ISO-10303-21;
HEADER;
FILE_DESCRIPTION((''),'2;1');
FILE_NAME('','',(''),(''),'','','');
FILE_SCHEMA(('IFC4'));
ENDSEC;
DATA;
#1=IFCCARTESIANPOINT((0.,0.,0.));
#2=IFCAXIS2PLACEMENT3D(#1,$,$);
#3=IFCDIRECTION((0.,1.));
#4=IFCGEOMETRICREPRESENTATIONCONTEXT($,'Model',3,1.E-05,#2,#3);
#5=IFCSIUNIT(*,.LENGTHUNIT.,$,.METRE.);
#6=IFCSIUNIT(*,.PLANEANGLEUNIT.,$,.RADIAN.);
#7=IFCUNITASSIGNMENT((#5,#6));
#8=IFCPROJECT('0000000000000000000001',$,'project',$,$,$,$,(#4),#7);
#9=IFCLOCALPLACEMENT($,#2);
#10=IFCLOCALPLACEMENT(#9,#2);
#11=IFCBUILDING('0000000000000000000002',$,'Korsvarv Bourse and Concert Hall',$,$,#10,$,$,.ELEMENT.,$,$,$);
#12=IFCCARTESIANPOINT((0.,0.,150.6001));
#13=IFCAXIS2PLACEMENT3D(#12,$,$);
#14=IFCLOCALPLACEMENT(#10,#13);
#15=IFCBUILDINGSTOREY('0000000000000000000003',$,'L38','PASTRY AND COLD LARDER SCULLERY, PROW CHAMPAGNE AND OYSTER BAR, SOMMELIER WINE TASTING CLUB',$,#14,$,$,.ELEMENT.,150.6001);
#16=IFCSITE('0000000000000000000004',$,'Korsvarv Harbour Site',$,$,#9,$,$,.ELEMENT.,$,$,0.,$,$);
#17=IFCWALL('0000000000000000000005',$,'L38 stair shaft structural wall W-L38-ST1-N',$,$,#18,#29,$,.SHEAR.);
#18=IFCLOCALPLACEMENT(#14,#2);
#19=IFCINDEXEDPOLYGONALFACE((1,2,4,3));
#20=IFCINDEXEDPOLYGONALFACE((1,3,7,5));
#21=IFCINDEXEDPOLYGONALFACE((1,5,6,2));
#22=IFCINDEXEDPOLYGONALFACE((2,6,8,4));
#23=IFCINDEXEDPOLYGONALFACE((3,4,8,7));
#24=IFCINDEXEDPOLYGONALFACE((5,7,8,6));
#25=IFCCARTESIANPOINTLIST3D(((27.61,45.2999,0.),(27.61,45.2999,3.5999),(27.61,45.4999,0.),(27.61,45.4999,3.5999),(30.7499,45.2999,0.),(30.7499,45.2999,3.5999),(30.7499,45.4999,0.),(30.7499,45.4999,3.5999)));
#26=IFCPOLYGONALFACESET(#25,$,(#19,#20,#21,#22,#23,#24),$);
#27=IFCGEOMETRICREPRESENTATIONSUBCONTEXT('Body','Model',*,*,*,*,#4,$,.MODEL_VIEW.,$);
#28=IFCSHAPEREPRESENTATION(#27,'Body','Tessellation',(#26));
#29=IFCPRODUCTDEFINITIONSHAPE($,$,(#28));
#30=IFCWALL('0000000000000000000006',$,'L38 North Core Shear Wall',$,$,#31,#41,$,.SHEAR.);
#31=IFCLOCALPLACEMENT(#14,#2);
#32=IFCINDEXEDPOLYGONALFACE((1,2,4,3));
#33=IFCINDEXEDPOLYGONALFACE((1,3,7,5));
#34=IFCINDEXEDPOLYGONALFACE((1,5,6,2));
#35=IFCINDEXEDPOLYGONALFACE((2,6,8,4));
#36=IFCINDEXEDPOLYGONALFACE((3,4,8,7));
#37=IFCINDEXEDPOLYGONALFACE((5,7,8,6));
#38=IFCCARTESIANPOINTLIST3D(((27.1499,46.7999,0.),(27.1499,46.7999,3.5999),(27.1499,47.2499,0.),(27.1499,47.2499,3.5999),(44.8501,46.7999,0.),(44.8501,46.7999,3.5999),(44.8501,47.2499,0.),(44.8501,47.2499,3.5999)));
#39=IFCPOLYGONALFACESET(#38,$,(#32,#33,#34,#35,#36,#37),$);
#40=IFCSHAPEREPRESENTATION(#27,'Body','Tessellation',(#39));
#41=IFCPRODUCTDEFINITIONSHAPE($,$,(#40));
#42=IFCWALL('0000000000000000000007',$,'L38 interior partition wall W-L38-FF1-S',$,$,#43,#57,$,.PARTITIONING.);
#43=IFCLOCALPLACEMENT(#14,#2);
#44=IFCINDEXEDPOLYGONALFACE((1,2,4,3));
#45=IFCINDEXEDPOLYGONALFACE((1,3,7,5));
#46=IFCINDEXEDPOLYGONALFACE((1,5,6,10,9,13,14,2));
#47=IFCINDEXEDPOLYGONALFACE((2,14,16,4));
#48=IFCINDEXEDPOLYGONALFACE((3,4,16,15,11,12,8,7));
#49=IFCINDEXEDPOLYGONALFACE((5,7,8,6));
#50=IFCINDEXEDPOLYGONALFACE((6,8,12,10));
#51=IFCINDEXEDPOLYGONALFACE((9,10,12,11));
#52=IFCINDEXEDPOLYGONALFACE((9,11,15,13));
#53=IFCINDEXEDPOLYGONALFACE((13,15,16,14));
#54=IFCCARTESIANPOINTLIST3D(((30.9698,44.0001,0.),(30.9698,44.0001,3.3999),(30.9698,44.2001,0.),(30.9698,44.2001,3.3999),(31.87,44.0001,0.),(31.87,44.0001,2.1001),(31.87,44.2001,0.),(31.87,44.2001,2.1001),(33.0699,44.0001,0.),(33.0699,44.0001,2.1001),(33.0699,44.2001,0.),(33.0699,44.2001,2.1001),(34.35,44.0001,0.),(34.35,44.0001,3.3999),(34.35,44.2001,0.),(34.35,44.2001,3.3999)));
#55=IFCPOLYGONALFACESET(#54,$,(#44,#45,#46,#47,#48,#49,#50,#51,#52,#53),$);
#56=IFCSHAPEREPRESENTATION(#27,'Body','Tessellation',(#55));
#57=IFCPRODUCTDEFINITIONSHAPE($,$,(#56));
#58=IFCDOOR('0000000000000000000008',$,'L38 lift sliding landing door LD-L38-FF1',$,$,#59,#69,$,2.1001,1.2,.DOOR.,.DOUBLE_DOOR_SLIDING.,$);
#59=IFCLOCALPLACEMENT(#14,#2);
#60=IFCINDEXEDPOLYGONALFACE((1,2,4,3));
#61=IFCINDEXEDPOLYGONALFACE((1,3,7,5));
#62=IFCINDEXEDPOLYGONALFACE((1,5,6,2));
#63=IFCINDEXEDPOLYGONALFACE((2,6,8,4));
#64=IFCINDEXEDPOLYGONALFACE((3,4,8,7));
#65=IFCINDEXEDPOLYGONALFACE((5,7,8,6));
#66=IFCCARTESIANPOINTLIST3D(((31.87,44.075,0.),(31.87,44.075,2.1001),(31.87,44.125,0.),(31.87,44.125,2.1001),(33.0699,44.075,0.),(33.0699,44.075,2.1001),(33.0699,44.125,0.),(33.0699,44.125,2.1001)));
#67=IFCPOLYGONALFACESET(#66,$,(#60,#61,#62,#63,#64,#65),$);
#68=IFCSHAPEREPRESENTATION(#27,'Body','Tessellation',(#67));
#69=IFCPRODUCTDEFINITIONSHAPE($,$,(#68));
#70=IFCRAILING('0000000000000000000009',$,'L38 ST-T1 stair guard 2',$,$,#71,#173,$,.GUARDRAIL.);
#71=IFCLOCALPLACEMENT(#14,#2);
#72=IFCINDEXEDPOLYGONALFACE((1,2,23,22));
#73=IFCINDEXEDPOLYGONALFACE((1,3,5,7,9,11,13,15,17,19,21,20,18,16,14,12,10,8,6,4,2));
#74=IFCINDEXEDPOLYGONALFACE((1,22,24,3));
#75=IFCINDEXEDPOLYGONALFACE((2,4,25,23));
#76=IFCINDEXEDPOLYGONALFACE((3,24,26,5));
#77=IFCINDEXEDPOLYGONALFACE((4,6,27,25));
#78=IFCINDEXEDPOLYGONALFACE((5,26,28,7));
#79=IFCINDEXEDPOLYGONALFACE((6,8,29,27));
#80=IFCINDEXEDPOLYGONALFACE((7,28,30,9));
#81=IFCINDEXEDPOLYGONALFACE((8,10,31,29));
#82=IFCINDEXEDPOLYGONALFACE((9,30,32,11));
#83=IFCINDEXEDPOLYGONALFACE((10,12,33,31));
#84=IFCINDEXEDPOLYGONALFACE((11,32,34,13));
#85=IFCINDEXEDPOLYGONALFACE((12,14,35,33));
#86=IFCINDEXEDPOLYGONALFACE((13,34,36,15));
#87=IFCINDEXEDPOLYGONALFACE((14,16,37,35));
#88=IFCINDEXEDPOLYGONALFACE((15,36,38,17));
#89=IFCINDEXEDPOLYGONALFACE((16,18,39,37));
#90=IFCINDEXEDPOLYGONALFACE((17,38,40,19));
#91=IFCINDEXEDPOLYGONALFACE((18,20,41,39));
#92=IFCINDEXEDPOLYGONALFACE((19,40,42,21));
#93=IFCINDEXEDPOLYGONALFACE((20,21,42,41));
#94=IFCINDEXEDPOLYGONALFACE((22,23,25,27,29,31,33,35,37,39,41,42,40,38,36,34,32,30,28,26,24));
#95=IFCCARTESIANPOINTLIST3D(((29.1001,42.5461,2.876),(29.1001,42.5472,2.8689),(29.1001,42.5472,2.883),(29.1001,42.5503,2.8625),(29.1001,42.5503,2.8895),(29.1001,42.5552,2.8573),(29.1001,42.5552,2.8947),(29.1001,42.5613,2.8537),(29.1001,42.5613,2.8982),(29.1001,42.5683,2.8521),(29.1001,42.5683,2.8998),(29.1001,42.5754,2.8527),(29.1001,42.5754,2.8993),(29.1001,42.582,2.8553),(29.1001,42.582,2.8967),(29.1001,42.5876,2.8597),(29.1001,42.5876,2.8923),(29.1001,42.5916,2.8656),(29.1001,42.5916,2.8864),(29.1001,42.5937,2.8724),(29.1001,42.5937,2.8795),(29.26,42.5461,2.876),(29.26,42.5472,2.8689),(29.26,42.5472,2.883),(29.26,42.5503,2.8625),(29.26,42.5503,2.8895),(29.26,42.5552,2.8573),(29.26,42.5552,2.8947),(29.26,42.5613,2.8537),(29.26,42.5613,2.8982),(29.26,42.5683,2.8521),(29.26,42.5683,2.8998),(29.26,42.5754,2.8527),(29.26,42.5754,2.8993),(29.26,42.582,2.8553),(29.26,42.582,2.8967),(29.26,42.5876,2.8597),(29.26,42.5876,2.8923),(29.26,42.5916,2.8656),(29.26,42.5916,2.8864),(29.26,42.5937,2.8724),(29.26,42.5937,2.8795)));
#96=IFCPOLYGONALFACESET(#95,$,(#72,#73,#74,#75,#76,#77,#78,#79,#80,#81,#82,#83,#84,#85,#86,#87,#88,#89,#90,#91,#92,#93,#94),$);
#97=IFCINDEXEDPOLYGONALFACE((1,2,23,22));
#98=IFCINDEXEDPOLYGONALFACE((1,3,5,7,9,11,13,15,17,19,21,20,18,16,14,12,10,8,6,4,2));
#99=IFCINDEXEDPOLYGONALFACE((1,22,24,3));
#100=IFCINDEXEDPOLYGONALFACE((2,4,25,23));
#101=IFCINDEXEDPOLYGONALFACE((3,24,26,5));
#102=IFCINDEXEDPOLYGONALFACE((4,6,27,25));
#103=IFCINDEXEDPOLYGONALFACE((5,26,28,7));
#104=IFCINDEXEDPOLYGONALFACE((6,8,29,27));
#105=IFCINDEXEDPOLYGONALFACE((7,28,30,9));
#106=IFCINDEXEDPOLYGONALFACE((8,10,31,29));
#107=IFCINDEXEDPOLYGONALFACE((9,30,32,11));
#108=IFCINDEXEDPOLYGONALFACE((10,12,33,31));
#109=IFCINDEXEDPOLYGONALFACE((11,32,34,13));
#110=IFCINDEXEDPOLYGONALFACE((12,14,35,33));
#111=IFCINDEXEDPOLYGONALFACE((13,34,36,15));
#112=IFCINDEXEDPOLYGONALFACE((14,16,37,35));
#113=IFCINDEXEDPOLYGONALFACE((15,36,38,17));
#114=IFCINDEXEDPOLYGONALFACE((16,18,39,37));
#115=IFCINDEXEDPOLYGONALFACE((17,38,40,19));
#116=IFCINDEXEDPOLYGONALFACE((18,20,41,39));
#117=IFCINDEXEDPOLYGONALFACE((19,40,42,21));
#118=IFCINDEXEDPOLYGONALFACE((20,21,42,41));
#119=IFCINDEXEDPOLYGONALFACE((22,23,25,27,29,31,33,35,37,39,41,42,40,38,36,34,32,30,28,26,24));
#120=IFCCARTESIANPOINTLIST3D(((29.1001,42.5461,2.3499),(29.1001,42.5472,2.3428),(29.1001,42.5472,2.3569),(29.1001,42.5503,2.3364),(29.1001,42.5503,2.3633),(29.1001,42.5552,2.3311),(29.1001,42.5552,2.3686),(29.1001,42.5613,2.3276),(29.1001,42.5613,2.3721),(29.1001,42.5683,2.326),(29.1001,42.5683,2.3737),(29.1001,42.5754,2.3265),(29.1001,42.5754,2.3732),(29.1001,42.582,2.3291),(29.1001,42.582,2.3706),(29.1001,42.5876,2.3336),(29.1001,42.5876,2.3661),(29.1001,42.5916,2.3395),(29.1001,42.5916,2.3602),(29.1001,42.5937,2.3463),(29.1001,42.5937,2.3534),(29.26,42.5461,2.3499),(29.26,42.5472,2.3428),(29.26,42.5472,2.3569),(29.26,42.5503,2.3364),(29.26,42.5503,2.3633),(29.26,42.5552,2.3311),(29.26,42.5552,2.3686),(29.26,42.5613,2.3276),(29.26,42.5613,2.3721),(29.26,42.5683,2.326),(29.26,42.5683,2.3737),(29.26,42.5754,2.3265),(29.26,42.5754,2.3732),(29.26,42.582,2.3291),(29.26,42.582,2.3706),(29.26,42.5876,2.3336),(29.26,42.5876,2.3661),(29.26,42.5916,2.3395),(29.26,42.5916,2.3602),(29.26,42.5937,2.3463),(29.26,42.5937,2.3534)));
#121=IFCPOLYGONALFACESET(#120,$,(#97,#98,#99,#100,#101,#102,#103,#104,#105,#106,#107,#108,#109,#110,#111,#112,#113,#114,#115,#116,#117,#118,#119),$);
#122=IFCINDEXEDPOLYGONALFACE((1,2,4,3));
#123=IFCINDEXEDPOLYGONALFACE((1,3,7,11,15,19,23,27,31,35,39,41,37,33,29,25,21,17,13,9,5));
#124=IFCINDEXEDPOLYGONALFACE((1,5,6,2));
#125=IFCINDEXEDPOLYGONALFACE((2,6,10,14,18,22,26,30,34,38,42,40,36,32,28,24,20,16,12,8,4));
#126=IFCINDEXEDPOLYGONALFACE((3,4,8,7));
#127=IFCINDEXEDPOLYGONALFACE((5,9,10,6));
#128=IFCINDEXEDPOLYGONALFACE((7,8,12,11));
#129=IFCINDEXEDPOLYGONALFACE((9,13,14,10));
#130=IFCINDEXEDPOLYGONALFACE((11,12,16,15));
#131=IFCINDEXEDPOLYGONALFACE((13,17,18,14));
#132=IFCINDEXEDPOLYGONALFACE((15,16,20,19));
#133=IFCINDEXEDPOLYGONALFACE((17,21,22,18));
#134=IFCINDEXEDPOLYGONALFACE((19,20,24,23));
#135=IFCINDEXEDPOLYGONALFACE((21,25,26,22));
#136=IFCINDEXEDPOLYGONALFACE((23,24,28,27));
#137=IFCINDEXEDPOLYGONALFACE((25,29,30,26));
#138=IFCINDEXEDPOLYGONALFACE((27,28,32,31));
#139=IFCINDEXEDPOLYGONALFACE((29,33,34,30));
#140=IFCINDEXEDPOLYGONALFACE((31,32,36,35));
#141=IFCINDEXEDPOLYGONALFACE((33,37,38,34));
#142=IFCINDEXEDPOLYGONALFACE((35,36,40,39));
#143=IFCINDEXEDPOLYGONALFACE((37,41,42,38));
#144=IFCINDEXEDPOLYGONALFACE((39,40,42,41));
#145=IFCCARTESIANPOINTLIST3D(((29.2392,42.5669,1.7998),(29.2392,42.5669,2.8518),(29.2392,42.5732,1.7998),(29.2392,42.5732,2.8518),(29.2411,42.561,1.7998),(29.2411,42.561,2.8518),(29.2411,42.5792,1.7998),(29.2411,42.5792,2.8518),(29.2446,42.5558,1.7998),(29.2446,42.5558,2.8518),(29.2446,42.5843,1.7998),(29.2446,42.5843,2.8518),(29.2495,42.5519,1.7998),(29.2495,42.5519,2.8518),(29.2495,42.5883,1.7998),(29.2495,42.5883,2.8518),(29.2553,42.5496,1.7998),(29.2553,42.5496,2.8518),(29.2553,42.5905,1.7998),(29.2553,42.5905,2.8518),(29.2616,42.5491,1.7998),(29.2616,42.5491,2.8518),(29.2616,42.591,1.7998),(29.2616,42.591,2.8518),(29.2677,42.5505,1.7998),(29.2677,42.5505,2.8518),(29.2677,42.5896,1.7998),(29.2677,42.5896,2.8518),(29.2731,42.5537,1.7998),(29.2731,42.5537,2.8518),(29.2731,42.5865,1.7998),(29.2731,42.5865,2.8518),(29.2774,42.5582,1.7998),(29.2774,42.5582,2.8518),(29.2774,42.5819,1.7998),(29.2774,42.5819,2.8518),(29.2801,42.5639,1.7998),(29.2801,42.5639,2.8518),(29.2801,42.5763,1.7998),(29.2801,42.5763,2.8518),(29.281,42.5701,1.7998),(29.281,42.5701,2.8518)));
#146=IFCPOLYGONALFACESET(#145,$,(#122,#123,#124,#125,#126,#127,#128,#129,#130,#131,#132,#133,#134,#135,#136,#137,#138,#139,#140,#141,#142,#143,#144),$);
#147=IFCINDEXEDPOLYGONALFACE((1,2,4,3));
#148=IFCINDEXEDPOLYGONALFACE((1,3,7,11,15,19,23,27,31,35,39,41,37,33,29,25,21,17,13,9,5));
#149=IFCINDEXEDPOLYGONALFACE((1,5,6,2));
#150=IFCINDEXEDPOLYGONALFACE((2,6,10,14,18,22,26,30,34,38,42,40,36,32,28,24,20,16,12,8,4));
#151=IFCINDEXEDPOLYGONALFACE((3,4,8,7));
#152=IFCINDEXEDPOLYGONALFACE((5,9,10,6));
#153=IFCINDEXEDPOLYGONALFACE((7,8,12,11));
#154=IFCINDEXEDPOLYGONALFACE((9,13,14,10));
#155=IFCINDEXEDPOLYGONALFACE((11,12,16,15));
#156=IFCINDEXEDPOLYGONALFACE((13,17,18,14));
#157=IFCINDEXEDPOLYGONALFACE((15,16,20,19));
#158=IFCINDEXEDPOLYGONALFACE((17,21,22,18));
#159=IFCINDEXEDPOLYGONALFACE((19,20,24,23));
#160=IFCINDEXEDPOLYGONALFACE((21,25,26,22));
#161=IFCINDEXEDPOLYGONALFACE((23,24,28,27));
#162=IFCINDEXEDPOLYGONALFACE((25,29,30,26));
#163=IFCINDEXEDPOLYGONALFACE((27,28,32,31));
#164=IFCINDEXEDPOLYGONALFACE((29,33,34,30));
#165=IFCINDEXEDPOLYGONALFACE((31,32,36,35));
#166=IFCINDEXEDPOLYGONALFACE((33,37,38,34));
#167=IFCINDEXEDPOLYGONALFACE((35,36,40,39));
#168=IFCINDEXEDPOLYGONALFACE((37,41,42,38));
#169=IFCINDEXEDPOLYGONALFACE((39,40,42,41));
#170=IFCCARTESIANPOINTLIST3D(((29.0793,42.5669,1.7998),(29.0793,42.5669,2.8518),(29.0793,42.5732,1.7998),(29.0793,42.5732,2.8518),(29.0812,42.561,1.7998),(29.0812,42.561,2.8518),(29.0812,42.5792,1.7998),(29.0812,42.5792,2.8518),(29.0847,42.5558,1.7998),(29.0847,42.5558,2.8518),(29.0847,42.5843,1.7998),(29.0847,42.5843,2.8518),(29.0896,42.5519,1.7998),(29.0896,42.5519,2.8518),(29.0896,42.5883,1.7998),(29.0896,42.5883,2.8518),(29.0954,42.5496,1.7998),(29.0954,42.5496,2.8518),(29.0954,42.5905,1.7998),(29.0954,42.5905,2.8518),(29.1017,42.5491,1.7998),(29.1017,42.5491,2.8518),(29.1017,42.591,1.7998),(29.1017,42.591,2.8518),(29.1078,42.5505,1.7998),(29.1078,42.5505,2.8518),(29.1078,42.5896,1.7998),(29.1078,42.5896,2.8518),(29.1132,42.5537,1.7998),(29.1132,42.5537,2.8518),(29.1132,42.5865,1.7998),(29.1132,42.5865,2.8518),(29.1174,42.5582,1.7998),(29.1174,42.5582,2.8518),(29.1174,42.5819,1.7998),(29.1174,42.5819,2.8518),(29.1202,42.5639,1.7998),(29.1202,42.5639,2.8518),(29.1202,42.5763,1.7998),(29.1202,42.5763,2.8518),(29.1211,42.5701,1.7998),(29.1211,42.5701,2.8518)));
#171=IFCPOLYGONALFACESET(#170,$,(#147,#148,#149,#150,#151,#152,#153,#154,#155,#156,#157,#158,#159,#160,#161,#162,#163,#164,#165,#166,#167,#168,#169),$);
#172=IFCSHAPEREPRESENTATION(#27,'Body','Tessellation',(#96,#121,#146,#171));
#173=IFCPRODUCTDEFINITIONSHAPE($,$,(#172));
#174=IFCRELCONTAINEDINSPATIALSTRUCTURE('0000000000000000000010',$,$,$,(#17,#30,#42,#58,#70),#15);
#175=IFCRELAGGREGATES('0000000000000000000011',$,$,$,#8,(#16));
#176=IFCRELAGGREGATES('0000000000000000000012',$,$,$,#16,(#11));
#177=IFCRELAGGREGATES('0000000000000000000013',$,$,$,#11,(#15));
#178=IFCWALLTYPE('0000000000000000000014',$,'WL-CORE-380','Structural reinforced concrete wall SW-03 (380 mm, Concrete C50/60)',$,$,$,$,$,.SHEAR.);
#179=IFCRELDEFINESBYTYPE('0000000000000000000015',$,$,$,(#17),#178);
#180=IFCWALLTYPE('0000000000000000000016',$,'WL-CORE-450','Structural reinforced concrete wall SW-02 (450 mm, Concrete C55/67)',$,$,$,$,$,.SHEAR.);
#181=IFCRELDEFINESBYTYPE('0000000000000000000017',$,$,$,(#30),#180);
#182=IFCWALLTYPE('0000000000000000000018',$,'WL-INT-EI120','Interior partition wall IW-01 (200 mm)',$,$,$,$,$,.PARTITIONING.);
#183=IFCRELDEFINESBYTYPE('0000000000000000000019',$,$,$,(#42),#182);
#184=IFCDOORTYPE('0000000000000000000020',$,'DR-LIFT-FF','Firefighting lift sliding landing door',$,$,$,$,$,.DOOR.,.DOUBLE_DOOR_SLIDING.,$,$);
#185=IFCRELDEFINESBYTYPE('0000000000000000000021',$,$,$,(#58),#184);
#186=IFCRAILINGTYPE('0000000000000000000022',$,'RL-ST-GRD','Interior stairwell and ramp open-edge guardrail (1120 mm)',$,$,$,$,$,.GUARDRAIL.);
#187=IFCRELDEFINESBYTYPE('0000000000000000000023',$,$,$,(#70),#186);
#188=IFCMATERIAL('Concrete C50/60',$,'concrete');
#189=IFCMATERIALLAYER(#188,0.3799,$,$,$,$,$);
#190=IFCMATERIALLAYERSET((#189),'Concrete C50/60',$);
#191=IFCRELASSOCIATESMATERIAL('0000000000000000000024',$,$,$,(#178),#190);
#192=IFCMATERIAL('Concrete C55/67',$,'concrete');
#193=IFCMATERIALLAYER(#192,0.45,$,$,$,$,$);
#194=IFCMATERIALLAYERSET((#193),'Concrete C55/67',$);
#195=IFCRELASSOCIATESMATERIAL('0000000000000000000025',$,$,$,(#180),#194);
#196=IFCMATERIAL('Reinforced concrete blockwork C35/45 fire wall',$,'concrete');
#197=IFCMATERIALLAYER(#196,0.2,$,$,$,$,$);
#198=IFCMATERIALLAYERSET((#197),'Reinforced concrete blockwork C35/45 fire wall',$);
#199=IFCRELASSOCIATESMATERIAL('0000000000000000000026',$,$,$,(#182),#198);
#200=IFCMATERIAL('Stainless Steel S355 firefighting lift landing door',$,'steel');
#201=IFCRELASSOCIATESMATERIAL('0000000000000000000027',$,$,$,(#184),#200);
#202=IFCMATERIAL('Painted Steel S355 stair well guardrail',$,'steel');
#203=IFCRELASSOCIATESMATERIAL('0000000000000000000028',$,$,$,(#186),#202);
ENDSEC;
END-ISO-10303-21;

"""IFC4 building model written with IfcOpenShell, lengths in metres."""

from ifc_helpers import new_model, si_unit, direction, frame, frame_2d, origin, origin_2d, place, context, subcontext, project, spatial, rectangle, circle, extrude, material, layer, layer_set, type_object, element, fill, save


model = new_model("IFC4")

# Units and contexts
model_context = context("Model", 3, precision=1e-05, world=origin(), true_north=direction((0.0, 1.0)))
body_context = subcontext(model_context, "Body", "Model", "MODEL_VIEW")
ifc_project = project(units=[si_unit("LENGTHUNIT", "METRE"), si_unit("PLANEANGLEUNIT", "RADIAN")], contexts=[model_context])

# Site, building, storey
site_placement = place(None, origin())
site = spatial("IfcSite", under=ifc_project, at=site_placement, Name="Korsvarv Harbour Site", CompositionType="ELEMENT", RefElevation=0.0)
building_placement = place(site_placement, origin())
building = spatial("IfcBuilding", under=site, at=building_placement, Name="Korsvarv Bourse and Concert Hall", CompositionType="ELEMENT")
storey_placement = place(building_placement, frame((0.0, 0.0, 150.6001)))
storey = spatial("IfcBuildingStorey", under=building, at=storey_placement, Name="L38", Description="PASTRY AND COLD LARDER SCULLERY, PROW CHAMPAGNE AND OYSTER BAR, SOMMELIER WINE TASTING CLUB", CompositionType="ELEMENT", Elevation=150.6001)

# Walls
ifc_material_1 = material(Name="Concrete C50/60", Category="concrete")
ifc_layer_1 = layer(ifc_material_1, 0.3799)
ifc_layer_set_1 = layer_set([ifc_layer_1], Name="Concrete C50/60")
wall_type_1 = type_object("IfcWallType", Name="WL-CORE-380", Description="Structural reinforced concrete wall SW-03 (380 mm, Concrete C50/60)", PredefinedType="SHEAR", material=ifc_layer_set_1)
wall_1_placement = place(storey_placement, frame((27.6101, 45.3999, 0.0), z_axis=(0.0, 0.0, 1.0), x_axis=(1.0, 0.0, 0.0)))
element("IfcWall", 1, at=wall_1_placement, inside=storey, type_object=wall_type_1, Name="L38 stair shaft structural wall W-L38-ST1-N", PredefinedType="SHEAR", context=body_context, shape_type="SweptSolid", body=[
    extrude(rectangle(XDim=3.1399, YDim=0.2, at=frame_2d((1.5698, 0.0))), origin(), (0.0, 0.0, 1.0), 3.5999),
])
ifc_material_2 = material(Name="Concrete C55/67", Category="concrete")
ifc_layer_2 = layer(ifc_material_2, 0.45)
ifc_layer_set_2 = layer_set([ifc_layer_2], Name="Concrete C55/67")
wall_type_2 = type_object("IfcWallType", Name="WL-CORE-450", Description="Structural reinforced concrete wall SW-02 (450 mm, Concrete C55/67)", PredefinedType="SHEAR", material=ifc_layer_set_2)
wall_2_placement = place(storey_placement, frame((27.1499, 47.0249, 0.0), z_axis=(0.0, 0.0, 1.0), x_axis=(1.0, 0.0, 0.0)))
element("IfcWall", 2, at=wall_2_placement, inside=storey, type_object=wall_type_2, Name="L38 North Core Shear Wall", PredefinedType="SHEAR", context=body_context, shape_type="SweptSolid", body=[
    extrude(rectangle(XDim=17.7002, YDim=0.45, at=frame_2d((8.8501, 0.0))), origin(), (0.0, 0.0, 1.0), 3.5999),
])

# Wall, opening, door
ifc_material_3 = material(Name="Reinforced concrete blockwork C35/45 fire wall", Category="concrete")
ifc_layer_3 = layer(ifc_material_3, 0.2)
ifc_layer_set_3 = layer_set([ifc_layer_3], Name="Reinforced concrete blockwork C35/45 fire wall")
wall_type_3 = type_object("IfcWallType", Name="WL-INT-EI120", Description="Interior partition wall IW-01 (200 mm)", PredefinedType="PARTITIONING", material=ifc_layer_set_3)
wall_3_placement = place(storey_placement, frame((30.97, 44.1001, 0.0), z_axis=(0.0, 0.0, 1.0), x_axis=(1.0, 0.0, 0.0)))
wall_3 = element("IfcWall", 3, at=wall_3_placement, inside=storey, type_object=wall_type_3, Name="L38 interior partition wall W-L38-FF1-S", PredefinedType="PARTITIONING", context=body_context, shape_type="SweptSolid", body=[
    extrude(rectangle(XDim=3.3801, YDim=0.2, at=frame_2d((1.6899, 0.0))), origin(), (0.0, 0.0, 1.0), 3.3999),
])
opening_placement = place(wall_3_placement, frame((0.8999, 0.0, 0.0)))
opening = element("IfcOpeningElement", 4, at=opening_placement, cuts=wall_3, PredefinedType="OPENING", context=body_context, shape_type="SweptSolid", body=[
    extrude(rectangle(XDim=1.2, YDim=2.1001, at=frame_2d((0.6001, 1.05))), frame((0.0, 0.1099, 0.0), z_axis=(0.0, -1.0, 0.0), x_axis=(1.0, 0.0, 0.0)), (0.0, 0.0, 1.0), 0.22),
])
ifc_material_4 = material(Name="Stainless Steel S355 firefighting lift landing door", Category="steel")
door_type = type_object("IfcDoorType", Name="DR-LIFT-FF", Description="Firefighting lift sliding landing door", OperationType="DOUBLE_DOOR_SLIDING", PredefinedType="DOOR", material=ifc_material_4)
door_placement = place(opening_placement, origin())
door = element("IfcDoor", 5, at=door_placement, inside=storey, type_object=door_type, Name="L38 lift sliding landing door LD-L38-FF1", OperationType="DOUBLE_DOOR_SLIDING", OverallHeight=2.1001, OverallWidth=1.2, PredefinedType="DOOR", context=body_context, shape_type="SweptSolid", body=[
    extrude(rectangle(XDim=1.2, YDim=2.1001, at=frame_2d((0.6001, 1.05))), frame((0.0, 0.0249, 0.0), z_axis=(0.0, -1.0, 0.0), x_axis=(1.0, 0.0, 0.0)), (0.0, 0.0, 1.0), 0.05),
])
fill(opening, door)

# Railing
ifc_material_5 = material(Name="Painted Steel S355 stair well guardrail", Category="steel")
railing_type = type_object("IfcRailingType", Name="RL-ST-GRD", Description="Interior stairwell and ramp open-edge guardrail (1120 mm)", PredefinedType="GUARDRAIL", material=ifc_material_5)
railing_1_placement = place(storey_placement, frame((29.26, 42.5701, 1.7998)))
element("IfcRailing", 6, at=railing_1_placement, inside=storey, type_object=railing_type, Name="L38 ST-T1 stair guard 2", PredefinedType="GUARDRAIL", context=body_context, shape_type="SweptSolid", body=[
    extrude(circle(Radius=0.0239, at=origin_2d()), frame((0.0, 0.0, 1.0762), z_axis=(-1.0, 0.0, 0.0), x_axis=(0.0, -1.0, 0.0)), (0.0, 0.0, 1.0), 0.1599),
    extrude(circle(Radius=0.0239, at=origin_2d()), frame((0.0, 0.0, 0.55), z_axis=(-1.0, 0.0, 0.0), x_axis=(0.0, -1.0, 0.0)), (0.0, 0.0, 1.0), 0.1599),
    extrude(circle(Radius=0.021, at=origin_2d()), origin(), (0.0, 0.0, 1.0), 1.052),
    extrude(circle(Radius=0.021, at=origin_2d()), frame((-0.1599, 0.0, 0.0)), (0.0, 0.0, 1.0), 1.052),
])

save(model, "model.ifc")
